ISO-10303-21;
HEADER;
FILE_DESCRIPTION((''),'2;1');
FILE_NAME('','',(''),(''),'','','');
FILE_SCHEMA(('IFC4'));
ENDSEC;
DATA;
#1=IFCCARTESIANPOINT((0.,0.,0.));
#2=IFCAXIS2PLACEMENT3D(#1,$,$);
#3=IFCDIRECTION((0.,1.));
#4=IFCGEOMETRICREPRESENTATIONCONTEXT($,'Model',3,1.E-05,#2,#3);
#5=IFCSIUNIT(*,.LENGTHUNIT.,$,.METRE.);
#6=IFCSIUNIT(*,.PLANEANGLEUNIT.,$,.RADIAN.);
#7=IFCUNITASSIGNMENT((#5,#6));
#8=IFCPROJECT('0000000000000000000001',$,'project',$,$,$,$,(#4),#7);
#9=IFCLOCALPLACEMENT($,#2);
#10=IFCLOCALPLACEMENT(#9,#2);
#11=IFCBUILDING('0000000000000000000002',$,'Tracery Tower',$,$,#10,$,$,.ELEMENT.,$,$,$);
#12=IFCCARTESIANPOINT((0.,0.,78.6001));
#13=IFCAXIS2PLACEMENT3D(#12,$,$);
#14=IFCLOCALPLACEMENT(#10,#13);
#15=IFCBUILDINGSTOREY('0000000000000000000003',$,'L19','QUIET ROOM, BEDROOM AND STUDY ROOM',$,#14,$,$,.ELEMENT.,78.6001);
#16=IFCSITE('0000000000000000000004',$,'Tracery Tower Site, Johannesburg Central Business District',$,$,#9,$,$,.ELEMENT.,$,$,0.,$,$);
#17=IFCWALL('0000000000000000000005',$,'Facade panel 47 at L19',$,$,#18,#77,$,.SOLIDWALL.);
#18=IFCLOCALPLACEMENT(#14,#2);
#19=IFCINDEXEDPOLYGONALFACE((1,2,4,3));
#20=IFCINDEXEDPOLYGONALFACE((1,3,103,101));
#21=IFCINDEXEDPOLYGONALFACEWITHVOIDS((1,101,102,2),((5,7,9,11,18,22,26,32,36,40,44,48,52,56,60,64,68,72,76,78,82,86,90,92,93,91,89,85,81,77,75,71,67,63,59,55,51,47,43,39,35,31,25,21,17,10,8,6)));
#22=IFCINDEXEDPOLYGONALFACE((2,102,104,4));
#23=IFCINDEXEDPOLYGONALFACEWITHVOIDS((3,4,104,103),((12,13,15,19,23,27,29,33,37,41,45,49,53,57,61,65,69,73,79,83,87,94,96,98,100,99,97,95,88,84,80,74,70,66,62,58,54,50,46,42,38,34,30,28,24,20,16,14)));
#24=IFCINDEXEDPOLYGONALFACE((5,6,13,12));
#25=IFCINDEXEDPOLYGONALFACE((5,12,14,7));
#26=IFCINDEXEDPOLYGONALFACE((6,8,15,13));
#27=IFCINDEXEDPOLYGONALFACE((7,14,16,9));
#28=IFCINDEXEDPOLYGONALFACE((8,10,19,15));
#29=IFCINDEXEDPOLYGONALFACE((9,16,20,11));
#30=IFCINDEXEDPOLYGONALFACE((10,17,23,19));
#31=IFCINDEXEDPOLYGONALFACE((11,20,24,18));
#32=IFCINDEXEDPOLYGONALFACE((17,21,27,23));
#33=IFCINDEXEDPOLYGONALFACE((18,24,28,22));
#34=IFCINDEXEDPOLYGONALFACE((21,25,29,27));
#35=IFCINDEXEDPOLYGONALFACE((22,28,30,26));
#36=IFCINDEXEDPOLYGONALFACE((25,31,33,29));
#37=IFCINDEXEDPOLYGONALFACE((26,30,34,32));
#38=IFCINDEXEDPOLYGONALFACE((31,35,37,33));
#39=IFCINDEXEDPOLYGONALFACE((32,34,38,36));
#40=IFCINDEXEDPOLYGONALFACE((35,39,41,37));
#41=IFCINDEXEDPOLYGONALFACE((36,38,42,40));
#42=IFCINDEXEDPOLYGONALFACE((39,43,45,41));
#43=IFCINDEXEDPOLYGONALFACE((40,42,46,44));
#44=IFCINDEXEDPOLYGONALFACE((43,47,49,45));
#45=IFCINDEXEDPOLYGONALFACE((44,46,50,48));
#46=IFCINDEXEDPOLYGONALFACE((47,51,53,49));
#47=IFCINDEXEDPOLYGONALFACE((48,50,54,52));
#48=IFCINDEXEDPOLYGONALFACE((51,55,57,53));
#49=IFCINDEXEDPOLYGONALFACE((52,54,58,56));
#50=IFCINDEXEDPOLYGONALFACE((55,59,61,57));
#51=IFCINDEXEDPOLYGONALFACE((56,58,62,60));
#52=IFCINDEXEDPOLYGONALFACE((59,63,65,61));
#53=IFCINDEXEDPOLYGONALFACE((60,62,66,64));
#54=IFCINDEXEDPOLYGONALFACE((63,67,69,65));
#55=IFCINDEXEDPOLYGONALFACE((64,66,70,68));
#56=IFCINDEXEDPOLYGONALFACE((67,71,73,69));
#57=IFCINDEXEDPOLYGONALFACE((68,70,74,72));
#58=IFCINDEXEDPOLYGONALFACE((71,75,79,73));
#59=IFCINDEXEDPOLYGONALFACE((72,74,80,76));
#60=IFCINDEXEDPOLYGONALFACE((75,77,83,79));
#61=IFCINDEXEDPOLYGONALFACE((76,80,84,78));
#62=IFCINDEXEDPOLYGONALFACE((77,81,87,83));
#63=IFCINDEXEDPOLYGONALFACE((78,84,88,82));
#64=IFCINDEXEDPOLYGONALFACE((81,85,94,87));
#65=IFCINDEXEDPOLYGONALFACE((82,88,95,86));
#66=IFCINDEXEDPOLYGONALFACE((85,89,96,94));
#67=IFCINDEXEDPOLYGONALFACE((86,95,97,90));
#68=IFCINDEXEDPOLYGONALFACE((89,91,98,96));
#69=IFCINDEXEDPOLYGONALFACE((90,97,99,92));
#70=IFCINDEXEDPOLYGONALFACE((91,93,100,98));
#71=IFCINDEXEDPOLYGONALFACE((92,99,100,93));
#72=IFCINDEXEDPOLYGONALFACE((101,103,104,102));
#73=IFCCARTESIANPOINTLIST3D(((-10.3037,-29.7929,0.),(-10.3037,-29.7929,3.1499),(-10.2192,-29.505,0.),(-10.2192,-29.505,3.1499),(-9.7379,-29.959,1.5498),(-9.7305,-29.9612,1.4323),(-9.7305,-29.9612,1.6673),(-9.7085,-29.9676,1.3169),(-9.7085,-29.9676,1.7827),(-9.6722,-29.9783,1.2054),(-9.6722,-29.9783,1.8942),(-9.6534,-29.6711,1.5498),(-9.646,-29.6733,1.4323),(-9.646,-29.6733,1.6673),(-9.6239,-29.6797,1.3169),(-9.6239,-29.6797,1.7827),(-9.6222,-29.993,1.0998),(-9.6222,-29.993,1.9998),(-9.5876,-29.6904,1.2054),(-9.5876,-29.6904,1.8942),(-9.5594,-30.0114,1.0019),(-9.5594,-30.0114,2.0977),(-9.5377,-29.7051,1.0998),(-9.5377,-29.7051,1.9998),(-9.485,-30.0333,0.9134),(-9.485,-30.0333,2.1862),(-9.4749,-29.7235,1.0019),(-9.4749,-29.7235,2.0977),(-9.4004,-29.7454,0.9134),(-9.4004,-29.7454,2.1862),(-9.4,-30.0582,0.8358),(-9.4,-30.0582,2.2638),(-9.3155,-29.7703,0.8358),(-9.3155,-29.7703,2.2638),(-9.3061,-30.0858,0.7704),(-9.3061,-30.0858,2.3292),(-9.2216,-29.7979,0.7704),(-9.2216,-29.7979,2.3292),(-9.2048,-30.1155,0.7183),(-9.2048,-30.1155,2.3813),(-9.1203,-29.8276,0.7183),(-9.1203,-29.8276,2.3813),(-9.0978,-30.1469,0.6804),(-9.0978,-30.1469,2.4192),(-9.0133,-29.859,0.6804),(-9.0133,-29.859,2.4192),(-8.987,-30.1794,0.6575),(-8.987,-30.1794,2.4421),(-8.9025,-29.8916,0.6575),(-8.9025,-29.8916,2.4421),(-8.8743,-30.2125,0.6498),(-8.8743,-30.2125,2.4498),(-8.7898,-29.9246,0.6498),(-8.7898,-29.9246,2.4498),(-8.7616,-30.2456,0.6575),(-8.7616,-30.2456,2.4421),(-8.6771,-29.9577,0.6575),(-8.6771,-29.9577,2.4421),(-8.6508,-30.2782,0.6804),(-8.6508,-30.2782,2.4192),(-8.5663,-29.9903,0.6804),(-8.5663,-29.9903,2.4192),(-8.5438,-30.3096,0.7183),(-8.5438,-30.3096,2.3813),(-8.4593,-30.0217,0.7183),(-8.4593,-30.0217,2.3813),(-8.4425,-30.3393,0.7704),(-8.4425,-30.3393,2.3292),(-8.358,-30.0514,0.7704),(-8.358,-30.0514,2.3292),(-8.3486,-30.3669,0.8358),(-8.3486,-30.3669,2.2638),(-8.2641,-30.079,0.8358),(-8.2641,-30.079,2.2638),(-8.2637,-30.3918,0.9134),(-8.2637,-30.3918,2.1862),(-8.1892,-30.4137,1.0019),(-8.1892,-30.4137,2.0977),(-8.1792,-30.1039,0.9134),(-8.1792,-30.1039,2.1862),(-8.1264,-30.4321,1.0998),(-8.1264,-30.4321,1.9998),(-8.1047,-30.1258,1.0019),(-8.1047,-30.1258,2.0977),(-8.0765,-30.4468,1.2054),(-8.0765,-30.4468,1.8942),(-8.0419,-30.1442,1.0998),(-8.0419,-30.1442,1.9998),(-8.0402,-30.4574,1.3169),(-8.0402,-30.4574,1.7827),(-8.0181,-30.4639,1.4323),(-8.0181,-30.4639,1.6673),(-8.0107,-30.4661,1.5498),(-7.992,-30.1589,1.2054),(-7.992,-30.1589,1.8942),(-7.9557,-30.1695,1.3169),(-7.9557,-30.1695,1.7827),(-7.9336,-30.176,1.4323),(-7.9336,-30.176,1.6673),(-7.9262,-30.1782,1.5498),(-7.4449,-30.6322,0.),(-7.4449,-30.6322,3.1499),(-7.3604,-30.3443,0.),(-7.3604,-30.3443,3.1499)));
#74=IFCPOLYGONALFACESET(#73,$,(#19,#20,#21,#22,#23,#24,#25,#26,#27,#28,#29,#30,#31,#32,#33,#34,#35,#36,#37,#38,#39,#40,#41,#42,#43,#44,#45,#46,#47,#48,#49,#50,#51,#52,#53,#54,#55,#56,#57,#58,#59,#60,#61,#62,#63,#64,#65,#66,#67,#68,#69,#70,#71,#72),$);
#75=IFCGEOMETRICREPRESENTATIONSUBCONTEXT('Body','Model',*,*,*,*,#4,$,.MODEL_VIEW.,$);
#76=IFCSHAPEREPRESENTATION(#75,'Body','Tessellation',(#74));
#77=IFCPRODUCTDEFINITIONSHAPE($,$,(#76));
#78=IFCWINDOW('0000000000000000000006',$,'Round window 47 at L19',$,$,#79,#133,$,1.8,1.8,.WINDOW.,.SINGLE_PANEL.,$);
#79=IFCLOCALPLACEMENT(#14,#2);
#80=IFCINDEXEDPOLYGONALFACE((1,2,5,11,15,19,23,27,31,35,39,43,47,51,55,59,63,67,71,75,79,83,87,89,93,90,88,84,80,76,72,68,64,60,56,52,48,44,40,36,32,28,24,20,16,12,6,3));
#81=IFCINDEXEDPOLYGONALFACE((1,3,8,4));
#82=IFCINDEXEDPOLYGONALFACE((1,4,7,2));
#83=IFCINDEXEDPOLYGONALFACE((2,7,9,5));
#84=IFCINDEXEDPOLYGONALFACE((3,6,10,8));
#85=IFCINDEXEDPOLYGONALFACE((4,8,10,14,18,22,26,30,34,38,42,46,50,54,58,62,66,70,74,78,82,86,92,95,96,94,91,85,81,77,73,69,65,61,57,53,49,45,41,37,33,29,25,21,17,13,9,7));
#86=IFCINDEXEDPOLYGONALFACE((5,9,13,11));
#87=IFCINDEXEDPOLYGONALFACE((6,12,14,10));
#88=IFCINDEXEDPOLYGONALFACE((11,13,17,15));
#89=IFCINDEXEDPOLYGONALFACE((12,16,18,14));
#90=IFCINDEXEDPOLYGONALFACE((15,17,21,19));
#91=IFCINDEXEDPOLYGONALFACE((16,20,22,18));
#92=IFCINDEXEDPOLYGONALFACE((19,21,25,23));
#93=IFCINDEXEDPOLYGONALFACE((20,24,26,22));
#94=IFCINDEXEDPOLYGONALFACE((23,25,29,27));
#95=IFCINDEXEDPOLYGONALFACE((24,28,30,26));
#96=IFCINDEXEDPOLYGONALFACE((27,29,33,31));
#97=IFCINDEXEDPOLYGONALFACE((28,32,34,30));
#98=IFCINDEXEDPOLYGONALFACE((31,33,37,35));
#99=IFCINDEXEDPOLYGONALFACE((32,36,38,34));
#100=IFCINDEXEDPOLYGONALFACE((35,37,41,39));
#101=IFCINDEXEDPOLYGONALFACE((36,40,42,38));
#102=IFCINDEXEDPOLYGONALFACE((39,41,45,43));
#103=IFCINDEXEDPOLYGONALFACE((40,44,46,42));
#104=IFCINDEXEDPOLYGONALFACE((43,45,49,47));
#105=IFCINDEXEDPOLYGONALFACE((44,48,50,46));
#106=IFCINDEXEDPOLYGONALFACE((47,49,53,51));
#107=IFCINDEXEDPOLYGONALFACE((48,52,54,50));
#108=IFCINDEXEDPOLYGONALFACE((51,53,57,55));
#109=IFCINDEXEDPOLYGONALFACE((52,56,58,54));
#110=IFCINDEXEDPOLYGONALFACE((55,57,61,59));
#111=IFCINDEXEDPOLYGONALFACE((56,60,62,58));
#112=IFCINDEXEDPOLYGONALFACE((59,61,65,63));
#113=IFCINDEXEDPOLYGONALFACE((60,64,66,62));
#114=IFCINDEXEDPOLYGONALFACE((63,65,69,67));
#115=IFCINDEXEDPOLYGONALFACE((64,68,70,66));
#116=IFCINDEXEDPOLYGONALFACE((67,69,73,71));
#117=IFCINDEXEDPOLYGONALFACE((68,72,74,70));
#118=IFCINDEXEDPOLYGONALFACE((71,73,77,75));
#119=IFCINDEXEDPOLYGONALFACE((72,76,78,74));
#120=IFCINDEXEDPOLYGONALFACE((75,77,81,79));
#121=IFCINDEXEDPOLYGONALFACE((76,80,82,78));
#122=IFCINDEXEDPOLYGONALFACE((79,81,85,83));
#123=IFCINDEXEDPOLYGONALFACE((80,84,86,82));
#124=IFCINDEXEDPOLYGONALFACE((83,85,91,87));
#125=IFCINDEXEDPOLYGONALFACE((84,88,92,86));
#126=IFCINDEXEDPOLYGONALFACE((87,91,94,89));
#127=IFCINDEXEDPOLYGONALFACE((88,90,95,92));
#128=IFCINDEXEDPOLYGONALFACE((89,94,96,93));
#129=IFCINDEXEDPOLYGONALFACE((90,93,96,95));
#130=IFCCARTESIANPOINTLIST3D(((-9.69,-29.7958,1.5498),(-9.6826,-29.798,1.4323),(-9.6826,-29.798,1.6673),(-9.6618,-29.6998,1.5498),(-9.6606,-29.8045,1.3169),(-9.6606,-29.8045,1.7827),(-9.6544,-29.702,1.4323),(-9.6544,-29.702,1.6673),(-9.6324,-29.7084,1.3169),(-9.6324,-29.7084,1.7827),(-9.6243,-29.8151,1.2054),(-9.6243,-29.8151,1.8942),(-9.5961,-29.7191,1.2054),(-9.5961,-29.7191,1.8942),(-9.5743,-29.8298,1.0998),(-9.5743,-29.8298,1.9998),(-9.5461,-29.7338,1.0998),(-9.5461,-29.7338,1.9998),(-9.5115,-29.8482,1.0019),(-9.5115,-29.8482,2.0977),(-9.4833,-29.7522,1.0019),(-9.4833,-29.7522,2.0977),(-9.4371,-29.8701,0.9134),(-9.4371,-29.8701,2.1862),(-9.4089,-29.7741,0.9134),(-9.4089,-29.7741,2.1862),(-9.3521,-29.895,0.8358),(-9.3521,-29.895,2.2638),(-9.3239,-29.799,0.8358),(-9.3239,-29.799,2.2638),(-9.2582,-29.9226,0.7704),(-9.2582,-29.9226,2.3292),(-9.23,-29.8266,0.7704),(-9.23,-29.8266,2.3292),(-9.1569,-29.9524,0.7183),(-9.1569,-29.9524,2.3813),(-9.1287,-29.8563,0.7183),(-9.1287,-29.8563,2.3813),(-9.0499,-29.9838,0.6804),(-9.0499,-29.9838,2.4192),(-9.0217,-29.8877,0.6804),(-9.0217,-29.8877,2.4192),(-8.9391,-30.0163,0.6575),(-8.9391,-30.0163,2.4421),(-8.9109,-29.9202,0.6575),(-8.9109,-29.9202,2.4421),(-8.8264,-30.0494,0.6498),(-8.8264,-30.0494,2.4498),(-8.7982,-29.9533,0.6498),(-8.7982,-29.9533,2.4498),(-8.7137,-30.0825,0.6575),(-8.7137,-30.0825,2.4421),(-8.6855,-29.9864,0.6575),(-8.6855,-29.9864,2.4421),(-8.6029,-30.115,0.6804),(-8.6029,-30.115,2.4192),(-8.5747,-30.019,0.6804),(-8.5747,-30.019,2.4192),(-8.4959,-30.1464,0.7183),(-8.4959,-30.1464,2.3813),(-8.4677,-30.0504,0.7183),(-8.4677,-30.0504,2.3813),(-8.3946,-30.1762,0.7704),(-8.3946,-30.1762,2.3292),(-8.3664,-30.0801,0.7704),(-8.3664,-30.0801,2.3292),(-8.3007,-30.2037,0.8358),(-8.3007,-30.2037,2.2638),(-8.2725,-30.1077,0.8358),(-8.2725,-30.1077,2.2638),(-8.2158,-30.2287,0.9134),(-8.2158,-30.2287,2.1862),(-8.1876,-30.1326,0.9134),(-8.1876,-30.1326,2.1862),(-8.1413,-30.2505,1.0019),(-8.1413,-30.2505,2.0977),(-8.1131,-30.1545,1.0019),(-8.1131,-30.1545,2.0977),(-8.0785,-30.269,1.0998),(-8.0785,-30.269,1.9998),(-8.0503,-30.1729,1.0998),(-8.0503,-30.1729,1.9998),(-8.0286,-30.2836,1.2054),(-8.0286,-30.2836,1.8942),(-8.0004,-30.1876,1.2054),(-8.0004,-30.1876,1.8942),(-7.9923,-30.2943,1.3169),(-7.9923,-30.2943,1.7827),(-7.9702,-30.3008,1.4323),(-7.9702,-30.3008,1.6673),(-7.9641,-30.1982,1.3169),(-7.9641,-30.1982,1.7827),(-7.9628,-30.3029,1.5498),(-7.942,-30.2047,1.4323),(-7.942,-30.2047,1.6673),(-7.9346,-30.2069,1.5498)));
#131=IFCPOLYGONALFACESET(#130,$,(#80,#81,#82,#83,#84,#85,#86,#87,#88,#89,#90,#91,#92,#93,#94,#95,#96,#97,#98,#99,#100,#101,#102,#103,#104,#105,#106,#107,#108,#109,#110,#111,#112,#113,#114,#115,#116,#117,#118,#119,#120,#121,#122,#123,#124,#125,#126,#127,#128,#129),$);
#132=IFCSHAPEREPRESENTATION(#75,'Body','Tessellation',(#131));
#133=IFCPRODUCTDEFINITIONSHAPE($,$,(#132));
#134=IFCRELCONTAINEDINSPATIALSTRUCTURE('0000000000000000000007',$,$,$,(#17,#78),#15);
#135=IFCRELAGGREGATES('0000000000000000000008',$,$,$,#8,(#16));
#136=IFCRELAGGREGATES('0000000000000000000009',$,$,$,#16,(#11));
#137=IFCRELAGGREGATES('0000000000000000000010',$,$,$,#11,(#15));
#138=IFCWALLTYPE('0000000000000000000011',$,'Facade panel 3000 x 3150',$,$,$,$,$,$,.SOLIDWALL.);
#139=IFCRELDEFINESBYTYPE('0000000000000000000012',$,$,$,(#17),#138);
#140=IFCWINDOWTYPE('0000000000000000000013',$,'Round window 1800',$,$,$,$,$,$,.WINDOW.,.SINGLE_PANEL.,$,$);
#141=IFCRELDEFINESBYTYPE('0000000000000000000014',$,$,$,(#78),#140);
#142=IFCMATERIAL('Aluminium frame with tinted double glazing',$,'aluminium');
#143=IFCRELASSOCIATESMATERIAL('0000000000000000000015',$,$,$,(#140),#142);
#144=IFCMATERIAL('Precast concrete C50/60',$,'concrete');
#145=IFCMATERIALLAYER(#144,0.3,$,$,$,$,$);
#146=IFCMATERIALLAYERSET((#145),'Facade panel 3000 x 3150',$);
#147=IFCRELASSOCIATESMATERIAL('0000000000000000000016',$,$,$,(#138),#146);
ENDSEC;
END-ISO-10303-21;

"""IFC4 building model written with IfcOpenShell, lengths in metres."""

from ifc_helpers import new_model, si_unit, direction, frame, frame_2d, origin, origin_2d, place, context, subcontext, project, spatial, rectangle, circle, extrude, material, layer, layer_set, type_object, element, fill, save


model = new_model("IFC4")

# Units and contexts
model_context = context("Model", 3, precision=1e-05, world=origin(), true_north=direction((0.0, 1.0)))
body_context = subcontext(model_context, "Body", "Model", "MODEL_VIEW")
ifc_project = project(units=[si_unit("LENGTHUNIT", "METRE"), si_unit("PLANEANGLEUNIT", "RADIAN")], contexts=[model_context])

# Site, building, storey
site_placement = place(None, origin())
site = spatial("IfcSite", under=ifc_project, at=site_placement, Name="Tracery Tower Site, Johannesburg Central Business District", CompositionType="ELEMENT", RefElevation=0.0)
building_placement = place(site_placement, origin())
building = spatial("IfcBuilding", under=site, at=building_placement, Name="Tracery Tower", CompositionType="ELEMENT")
storey_placement = place(building_placement, frame((0.0, 0.0, 78.6001)))
storey = spatial("IfcBuildingStorey", under=building, at=storey_placement, Name="L19", Description="QUIET ROOM, BEDROOM AND STUDY ROOM", CompositionType="ELEMENT", Elevation=78.6001)

# Wall, opening, window
ifc_material_1 = material(Name="Aluminium frame with tinted double glazing", Category="aluminium")
window_type = type_object("IfcWindowType", Name="Round window 1800", PartitioningType="SINGLE_PANEL", PredefinedType="WINDOW", material=ifc_material_1)
ifc_material_2 = material(Name="Precast concrete C50/60", Category="concrete")
ifc_layer_1 = layer(ifc_material_2, 0.3)
ifc_layer_set_1 = layer_set([ifc_layer_1], Name="Facade panel 3000 x 3150")
wall_type_1 = type_object("IfcWallType", Name="Facade panel 3000 x 3150", PredefinedType="SOLIDWALL", material=ifc_layer_set_1)
wall_1_placement = place(storey_placement, frame((-10.2615, -29.6489, 0.0), z_axis=(0.0, 0.0, 1.0), x_axis=(0.959501, -0.281705, 0.0)))
wall_1 = element("IfcWall", 1, at=wall_1_placement, inside=storey, type_object=wall_type_1, Name="Facade panel 47 at L19", PredefinedType="SOLIDWALL", context=body_context, shape_type="SweptSolid", body=[
    extrude(rectangle(XDim=2.9795, YDim=0.3, at=frame_2d((1.4897, 0.0))), origin(), (0.0, 0.0, 1.0), 3.1499),
])
opening_1_placement = place(wall_1_placement, frame((1.4897, 0.0, 1.5498)))
opening_1 = element("IfcOpeningElement", 2, at=opening_1_placement, cuts=wall_1, PredefinedType="OPENING", context=body_context, shape_type="SweptSolid", body=[
    extrude(circle(Radius=0.9, at=origin_2d()), frame((0.0, 0.1599, 0.0), z_axis=(0.0, -1.0, 0.0), x_axis=(1.0, 0.0, 0.0)), (0.0, 0.0, 1.0), 0.3201),
])
window_1_placement = place(opening_1_placement, origin())
window_1 = element("IfcWindow", 3, at=window_1_placement, inside=storey, type_object=window_type, Name="Round window 47 at L19", OverallHeight=1.8, OverallWidth=1.8, PartitioningType="SINGLE_PANEL", PredefinedType="WINDOW", context=body_context, shape_type="SweptSolid", body=[
    extrude(circle(Radius=0.9, at=origin_2d()), frame((0.0, 0.1201, 0.0), z_axis=(0.0, -1.0, 0.0), x_axis=(1.0, 0.0, 0.0)), (0.0, 0.0, 1.0), 0.1001),
])
fill(opening_1, window_1)

save(model, "model.ifc")
